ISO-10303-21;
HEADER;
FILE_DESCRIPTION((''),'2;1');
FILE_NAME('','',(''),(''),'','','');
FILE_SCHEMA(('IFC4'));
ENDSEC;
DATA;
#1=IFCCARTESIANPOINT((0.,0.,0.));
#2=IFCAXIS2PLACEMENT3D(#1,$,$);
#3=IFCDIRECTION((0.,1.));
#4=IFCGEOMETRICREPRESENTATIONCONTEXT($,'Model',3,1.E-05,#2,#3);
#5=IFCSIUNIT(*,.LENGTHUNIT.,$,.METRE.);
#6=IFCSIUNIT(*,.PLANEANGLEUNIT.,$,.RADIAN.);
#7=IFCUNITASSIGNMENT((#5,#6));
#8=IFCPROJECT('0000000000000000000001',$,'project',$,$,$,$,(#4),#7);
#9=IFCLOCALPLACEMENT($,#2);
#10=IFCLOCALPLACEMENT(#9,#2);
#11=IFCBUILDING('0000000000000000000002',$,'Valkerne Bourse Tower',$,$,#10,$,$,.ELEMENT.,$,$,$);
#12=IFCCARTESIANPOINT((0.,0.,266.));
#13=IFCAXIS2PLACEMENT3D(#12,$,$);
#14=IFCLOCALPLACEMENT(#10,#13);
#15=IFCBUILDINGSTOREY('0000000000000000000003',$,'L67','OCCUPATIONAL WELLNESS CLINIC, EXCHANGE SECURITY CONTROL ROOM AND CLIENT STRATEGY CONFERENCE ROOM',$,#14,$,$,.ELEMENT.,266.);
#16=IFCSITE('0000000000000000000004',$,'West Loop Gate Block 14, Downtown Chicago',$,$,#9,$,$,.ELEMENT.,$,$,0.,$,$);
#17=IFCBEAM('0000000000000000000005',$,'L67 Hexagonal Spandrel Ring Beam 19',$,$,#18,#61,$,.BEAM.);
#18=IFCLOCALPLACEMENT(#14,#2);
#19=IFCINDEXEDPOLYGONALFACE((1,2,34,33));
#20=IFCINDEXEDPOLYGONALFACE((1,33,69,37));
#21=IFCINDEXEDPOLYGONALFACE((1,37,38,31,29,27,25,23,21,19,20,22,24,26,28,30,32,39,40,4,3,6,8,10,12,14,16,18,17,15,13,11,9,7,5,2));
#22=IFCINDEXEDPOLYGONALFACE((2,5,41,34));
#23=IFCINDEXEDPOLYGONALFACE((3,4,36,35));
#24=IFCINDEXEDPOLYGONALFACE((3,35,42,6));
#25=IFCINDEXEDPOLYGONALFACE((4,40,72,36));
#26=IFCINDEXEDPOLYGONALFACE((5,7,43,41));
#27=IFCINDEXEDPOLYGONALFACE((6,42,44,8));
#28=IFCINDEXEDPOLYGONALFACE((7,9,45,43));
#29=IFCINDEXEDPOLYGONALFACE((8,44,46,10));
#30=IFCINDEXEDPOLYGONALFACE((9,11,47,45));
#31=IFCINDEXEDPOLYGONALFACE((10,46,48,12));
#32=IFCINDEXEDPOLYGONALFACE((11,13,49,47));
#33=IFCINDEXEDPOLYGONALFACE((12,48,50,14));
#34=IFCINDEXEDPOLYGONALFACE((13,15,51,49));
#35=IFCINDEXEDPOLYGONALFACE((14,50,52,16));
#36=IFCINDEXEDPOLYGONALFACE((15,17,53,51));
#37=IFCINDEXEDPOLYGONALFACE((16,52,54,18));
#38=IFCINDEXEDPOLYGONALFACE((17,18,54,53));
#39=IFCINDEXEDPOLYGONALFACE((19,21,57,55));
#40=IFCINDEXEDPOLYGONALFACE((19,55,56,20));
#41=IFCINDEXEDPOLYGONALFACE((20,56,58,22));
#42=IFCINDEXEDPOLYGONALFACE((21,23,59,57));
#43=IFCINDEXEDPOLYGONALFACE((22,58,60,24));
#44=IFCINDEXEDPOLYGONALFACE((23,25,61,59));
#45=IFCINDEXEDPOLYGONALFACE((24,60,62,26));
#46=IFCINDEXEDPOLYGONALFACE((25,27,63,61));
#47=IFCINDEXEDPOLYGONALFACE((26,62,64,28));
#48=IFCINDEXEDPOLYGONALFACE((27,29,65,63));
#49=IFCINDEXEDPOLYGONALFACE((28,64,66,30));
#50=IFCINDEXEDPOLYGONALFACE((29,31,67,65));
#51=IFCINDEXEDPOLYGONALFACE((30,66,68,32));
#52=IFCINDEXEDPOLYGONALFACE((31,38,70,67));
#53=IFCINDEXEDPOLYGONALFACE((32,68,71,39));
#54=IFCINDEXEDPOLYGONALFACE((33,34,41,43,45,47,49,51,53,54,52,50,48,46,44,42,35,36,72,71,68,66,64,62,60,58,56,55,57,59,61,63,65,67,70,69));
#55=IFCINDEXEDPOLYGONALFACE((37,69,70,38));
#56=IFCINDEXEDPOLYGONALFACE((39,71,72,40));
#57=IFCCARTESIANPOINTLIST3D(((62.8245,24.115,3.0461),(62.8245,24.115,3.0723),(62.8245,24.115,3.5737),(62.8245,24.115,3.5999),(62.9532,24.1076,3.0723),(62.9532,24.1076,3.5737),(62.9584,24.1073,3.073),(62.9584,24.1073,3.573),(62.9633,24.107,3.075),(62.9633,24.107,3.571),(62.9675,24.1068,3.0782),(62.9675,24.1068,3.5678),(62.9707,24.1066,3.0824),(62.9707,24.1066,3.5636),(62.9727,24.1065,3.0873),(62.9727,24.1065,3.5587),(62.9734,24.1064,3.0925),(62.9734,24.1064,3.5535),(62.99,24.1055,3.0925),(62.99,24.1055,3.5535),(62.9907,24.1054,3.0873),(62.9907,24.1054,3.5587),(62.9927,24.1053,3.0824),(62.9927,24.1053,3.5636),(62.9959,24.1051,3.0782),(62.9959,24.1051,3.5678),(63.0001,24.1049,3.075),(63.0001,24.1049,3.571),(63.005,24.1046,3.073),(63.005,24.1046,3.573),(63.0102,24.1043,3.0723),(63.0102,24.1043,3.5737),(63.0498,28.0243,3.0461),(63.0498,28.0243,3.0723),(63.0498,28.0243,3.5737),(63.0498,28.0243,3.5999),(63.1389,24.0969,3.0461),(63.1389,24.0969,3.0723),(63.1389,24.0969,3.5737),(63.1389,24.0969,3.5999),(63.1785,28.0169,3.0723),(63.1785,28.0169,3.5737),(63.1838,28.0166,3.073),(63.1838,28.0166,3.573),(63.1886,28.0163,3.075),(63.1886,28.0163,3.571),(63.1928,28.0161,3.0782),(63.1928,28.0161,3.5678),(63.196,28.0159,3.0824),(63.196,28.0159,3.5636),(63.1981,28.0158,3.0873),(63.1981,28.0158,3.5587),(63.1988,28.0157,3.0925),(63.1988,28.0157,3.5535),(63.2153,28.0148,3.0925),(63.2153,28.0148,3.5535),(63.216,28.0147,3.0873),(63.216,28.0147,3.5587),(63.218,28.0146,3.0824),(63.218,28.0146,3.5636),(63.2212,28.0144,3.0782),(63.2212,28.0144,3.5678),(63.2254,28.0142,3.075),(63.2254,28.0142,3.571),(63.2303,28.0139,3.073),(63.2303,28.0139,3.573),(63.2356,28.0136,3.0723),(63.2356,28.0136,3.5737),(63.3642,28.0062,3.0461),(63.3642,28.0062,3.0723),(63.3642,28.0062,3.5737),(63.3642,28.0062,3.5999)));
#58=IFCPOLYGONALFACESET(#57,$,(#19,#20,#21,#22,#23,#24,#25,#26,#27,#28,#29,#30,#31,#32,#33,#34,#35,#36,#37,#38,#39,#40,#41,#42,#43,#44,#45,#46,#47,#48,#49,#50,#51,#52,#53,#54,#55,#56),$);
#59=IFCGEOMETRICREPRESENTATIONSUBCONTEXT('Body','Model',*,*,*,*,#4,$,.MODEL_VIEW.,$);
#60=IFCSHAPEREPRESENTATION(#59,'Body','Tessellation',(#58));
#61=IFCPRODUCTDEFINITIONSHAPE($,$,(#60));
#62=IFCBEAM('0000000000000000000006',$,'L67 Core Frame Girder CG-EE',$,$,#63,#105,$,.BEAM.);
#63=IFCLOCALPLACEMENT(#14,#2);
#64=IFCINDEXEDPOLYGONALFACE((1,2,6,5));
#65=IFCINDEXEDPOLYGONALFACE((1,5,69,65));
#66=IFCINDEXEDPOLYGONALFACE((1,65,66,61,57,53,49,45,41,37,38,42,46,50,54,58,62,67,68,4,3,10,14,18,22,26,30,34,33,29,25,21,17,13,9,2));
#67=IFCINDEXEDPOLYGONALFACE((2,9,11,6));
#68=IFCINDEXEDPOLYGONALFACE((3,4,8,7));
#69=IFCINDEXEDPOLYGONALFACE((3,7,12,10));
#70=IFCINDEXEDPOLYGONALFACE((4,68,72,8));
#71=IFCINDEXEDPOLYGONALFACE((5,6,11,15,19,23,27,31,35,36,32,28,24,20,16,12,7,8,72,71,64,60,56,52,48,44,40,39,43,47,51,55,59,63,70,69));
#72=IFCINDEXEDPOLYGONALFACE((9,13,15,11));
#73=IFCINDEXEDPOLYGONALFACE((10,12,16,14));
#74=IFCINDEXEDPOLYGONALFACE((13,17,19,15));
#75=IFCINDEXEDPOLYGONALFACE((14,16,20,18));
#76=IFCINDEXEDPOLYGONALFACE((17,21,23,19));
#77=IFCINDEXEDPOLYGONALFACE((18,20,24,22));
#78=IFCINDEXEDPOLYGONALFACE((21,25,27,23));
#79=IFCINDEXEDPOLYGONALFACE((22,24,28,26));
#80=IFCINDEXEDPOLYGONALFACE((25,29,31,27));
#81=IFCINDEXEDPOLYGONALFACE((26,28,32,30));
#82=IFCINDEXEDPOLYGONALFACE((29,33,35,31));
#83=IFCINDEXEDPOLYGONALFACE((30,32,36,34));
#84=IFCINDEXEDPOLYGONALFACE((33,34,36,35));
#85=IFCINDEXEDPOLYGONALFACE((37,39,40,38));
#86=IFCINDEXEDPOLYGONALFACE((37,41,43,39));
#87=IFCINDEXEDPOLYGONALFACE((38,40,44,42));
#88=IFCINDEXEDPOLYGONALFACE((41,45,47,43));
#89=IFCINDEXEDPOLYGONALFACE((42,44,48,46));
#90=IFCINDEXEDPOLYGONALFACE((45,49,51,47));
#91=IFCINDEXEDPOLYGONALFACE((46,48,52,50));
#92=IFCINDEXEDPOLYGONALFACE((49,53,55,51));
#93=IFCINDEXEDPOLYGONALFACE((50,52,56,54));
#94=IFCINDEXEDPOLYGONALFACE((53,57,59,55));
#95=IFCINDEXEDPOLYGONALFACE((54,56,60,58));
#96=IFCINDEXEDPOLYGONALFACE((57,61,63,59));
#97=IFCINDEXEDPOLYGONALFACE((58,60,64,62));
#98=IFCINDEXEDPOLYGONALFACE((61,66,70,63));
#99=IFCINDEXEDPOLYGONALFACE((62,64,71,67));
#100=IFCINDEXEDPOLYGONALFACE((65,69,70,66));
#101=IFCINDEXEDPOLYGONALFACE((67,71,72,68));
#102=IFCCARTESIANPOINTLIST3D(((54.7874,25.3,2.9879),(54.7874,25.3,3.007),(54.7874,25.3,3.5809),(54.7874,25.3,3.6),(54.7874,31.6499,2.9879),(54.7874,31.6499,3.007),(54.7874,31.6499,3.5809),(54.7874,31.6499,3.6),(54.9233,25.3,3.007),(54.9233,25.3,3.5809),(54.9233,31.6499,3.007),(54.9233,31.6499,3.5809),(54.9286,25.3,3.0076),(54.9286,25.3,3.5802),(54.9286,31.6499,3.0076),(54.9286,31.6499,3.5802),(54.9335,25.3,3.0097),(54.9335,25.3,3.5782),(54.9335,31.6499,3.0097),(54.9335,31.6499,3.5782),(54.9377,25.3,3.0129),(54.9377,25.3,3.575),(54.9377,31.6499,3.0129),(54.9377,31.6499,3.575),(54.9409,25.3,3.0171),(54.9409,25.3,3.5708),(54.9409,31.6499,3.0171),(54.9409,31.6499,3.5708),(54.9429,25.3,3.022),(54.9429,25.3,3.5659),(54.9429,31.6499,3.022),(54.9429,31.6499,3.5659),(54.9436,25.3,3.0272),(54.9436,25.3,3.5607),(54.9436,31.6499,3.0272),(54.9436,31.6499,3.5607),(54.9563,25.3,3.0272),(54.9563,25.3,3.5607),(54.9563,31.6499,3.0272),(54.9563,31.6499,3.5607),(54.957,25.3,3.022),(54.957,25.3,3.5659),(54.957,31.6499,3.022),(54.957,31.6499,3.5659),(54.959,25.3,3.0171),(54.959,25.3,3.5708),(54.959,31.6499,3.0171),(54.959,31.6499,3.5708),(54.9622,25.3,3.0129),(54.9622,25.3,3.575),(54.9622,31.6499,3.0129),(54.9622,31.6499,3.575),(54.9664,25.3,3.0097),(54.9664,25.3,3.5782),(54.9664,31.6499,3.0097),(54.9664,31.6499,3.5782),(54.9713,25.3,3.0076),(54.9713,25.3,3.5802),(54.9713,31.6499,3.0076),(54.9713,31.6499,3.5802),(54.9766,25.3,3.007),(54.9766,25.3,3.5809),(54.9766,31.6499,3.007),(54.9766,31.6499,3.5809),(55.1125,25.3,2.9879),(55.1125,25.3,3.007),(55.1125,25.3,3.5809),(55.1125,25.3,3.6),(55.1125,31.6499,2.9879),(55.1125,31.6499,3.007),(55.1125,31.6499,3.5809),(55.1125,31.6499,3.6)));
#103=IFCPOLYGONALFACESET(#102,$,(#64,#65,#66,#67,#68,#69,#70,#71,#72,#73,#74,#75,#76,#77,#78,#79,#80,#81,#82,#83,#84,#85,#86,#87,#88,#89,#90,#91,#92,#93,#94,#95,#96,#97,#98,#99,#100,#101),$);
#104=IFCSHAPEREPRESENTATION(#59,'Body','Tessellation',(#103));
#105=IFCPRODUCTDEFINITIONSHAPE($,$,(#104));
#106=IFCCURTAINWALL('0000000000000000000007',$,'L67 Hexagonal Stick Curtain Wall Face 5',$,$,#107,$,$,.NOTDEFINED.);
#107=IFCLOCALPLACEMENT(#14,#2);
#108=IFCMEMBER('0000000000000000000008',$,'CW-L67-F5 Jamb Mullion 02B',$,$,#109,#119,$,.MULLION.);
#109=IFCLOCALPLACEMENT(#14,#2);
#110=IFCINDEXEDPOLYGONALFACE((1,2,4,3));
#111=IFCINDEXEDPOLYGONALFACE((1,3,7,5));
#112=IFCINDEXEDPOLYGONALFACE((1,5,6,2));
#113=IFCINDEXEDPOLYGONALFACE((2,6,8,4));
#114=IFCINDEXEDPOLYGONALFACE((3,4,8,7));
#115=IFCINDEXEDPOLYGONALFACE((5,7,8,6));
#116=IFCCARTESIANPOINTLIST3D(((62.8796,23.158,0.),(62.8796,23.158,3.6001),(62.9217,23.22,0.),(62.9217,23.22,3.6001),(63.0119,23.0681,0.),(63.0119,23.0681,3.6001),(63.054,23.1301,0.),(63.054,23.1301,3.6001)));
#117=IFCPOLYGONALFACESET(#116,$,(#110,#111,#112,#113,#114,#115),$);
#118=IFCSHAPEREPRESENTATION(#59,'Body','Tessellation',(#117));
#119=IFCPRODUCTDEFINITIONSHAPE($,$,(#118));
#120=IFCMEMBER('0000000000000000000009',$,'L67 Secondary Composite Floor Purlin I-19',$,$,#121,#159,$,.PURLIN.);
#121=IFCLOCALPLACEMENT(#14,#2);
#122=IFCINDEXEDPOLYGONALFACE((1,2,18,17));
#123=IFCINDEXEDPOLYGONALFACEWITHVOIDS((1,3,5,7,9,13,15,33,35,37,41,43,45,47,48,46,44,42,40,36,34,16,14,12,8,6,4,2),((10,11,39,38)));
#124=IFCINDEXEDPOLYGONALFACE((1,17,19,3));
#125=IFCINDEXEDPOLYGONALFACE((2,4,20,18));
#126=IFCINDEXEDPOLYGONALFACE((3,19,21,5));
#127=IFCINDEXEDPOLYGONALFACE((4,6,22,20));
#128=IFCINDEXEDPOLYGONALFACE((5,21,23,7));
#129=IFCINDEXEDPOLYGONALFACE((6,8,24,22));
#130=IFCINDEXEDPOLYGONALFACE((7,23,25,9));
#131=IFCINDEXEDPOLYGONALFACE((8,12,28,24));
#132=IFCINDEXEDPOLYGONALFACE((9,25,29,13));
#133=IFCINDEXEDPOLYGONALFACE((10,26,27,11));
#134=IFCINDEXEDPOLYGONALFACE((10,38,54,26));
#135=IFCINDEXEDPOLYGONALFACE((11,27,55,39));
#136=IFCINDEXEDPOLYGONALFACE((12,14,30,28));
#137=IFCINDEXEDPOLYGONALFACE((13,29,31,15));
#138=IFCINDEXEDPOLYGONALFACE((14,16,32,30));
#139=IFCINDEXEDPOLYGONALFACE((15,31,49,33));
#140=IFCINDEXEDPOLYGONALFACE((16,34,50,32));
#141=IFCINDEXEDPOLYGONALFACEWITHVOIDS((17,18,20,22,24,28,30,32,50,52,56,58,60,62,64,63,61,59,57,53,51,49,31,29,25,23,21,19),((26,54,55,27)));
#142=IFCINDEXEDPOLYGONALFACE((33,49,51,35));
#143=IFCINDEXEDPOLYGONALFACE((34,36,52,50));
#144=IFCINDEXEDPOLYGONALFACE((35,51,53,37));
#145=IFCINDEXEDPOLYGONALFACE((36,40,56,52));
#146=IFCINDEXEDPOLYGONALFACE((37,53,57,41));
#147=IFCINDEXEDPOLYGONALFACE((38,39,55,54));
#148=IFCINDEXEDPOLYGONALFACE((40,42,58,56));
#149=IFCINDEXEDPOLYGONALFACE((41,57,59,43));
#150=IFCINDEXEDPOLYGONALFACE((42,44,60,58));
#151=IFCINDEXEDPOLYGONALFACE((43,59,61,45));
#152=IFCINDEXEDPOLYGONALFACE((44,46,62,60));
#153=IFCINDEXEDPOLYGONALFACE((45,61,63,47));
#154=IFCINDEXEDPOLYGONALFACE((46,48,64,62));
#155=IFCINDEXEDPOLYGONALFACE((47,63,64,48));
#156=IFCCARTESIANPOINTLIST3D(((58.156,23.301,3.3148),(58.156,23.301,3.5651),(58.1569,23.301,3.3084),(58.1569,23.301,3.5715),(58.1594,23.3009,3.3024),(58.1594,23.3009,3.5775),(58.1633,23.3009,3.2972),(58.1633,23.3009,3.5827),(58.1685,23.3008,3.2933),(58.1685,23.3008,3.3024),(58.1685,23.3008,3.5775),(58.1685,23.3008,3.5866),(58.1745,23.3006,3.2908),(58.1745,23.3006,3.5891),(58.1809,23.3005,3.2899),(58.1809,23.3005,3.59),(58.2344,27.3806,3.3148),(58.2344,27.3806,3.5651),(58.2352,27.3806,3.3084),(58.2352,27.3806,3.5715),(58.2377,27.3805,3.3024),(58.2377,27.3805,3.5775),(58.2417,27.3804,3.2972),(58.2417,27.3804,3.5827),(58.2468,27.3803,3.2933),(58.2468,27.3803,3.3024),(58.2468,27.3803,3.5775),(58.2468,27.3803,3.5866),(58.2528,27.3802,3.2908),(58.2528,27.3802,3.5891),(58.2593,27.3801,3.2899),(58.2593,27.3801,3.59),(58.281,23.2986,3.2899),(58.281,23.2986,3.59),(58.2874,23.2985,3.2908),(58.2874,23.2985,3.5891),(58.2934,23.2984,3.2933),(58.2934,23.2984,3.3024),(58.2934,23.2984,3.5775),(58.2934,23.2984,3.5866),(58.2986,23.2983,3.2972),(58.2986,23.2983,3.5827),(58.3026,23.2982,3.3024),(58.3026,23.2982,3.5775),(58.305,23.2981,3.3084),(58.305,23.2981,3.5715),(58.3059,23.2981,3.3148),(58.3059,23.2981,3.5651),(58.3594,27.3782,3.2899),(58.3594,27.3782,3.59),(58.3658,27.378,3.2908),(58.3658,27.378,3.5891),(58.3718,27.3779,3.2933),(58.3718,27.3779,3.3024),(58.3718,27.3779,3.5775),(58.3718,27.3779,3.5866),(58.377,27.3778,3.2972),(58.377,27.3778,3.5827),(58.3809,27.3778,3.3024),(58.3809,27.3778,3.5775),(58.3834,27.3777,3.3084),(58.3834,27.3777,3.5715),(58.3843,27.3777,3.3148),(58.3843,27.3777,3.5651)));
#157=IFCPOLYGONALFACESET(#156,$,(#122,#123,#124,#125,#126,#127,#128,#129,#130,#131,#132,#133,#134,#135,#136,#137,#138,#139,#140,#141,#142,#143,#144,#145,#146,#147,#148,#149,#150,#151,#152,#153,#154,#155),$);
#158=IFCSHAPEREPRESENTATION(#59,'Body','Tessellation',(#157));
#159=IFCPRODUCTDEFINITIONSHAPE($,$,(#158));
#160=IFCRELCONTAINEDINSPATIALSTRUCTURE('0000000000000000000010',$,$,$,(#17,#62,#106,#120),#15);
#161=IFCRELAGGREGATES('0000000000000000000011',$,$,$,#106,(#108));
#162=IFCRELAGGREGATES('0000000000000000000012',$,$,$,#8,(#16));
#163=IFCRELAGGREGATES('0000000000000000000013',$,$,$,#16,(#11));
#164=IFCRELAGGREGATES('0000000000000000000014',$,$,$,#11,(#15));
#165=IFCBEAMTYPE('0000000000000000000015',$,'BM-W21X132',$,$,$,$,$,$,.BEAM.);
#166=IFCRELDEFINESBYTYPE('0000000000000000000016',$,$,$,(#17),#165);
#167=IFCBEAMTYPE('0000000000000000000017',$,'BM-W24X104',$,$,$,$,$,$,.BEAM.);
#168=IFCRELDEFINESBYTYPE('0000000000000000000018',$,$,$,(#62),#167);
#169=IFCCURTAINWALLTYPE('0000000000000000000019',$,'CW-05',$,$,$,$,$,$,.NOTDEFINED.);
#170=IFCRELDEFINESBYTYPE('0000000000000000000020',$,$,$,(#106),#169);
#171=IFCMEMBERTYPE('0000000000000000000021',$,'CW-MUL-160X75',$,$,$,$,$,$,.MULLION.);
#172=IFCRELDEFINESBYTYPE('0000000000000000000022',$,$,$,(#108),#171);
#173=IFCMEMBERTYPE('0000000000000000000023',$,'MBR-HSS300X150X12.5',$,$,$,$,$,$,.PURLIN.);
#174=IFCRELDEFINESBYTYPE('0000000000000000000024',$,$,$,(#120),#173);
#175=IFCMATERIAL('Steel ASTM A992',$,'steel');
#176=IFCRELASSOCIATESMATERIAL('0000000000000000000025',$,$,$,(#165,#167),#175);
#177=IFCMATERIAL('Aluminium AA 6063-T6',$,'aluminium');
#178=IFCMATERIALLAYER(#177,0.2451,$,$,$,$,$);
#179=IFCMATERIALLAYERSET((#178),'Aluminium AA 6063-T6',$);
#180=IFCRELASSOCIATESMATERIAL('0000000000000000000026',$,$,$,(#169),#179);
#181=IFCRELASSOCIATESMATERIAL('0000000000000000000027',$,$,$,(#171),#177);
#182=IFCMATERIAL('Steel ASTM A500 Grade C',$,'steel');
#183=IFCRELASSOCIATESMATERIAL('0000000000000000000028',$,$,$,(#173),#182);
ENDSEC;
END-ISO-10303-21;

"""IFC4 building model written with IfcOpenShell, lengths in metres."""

from ifc_helpers import new_model, si_unit, direction, frame, origin, origin_2d, place, context, subcontext, project, spatial, rectangle, hollow_rectangle, i_section, extrude, material, layer, layer_set, material_profile, profile_set, type_object, element, aggregate, save


model = new_model("IFC4")

# Units and contexts
model_context = context("Model", 3, precision=1e-05, world=origin(), true_north=direction((0.0, 1.0)))
body_context = subcontext(model_context, "Body", "Model", "MODEL_VIEW")
ifc_project = project(units=[si_unit("LENGTHUNIT", "METRE"), si_unit("PLANEANGLEUNIT", "RADIAN")], contexts=[model_context])

# Site, building, storey
site_placement = place(None, origin())
site = spatial("IfcSite", under=ifc_project, at=site_placement, Name="West Loop Gate Block 14, Downtown Chicago", CompositionType="ELEMENT", RefElevation=0.0)
building_placement = place(site_placement, origin())
building = spatial("IfcBuilding", under=site, at=building_placement, Name="Valkerne Bourse Tower", CompositionType="ELEMENT")
storey_placement = place(building_placement, frame((0.0, 0.0, 266.0)))
storey = spatial("IfcBuildingStorey", under=building, at=storey_placement, Name="L67", Description="OCCUPATIONAL WELLNESS CLINIC, EXCHANGE SECURITY CONTROL ROOM AND CLIENT STRATEGY CONFERENCE ROOM", CompositionType="ELEMENT", Elevation=266.0)

# Shared definitions
ifc_material_1 = material(Name="Steel ASTM A500 Grade C", Category="steel")

# Beams
ifc_material_2 = material(Name="Steel ASTM A992", Category="steel")
ifc_material_profile_1 = material_profile(ifc_material_2, i_section(OverallWidth=0.3149, OverallDepth=0.5537, WebThickness=0.0166, FlangeThickness=0.0261, FilletRadius=0.0203, at=origin_2d()), Name="W21X132")
ifc_profile_set_1 = profile_set([ifc_material_profile_1], Name="Steel ASTM A992")
beam_type_1 = type_object("IfcBeamType", Name="BM-W21X132", PredefinedType="BEAM", material=ifc_profile_set_1)
beam_1_placement = place(storey_placement, frame((62.9817, 24.106, 3.323), z_axis=(0.057549, 0.998343, 0.0), x_axis=(-0.998343, 0.057549, 0.0)))
element("IfcBeam", 1, at=beam_1_placement, inside=storey, type_object=beam_type_1, Name="L67 Hexagonal Spandrel Ring Beam 19", PredefinedType="BEAM", context=body_context, shape_type="SweptSolid", body=[
    extrude(i_section(OverallWidth=0.3149, OverallDepth=0.5537, WebThickness=0.0166, FlangeThickness=0.0261, FilletRadius=0.0203, at=origin_2d()), origin(), (0.0, 0.0, 1.0), 3.9158),
])
ifc_material_profile_2 = material_profile(ifc_material_2, i_section(OverallWidth=0.3252, OverallDepth=0.6121, WebThickness=0.0127, FlangeThickness=0.019, FilletRadius=0.0203, at=origin_2d()), Name="W24X104")
ifc_profile_set_2 = profile_set([ifc_material_profile_2], Name="Steel ASTM A992")
beam_type_2 = type_object("IfcBeamType", Name="BM-W24X104", PredefinedType="BEAM", material=ifc_profile_set_2)
beam_2_placement = place(storey_placement, frame((54.95, 25.3, 3.2939), z_axis=(0.0, 1.0, 0.0), x_axis=(-1.0, 0.0, 0.0)))
element("IfcBeam", 2, at=beam_2_placement, inside=storey, type_object=beam_type_2, Name="L67 Core Frame Girder CG-EE", PredefinedType="BEAM", context=body_context, shape_type="SweptSolid", body=[
    extrude(i_section(OverallWidth=0.3252, OverallDepth=0.6121, WebThickness=0.0127, FlangeThickness=0.019, FilletRadius=0.0203, at=origin_2d()), origin(), (0.0, 0.0, 1.0), 6.3499),
])

# Curtain wall, member
ifc_material_3 = material(Name="Aluminium AA 6063-T6", Category="aluminium")
ifc_layer_1 = layer(ifc_material_3, 0.2451)
ifc_layer_set_1 = layer_set([ifc_layer_1], Name="Aluminium AA 6063-T6")
curtain_wall_type = type_object("IfcCurtainWallType", Name="CW-05", PredefinedType="NOTDEFINED", material=ifc_layer_set_1)
curtain_wall_placement = place(storey_placement, origin())
curtain_wall = element("IfcCurtainWall", 3, at=curtain_wall_placement, inside=storey, type_object=curtain_wall_type, Name="L67 Hexagonal Stick Curtain Wall Face 5", PredefinedType="NOTDEFINED")
ifc_material_profile_3 = material_profile(ifc_material_3, rectangle(XDim=0.075, YDim=0.1599, at=origin_2d()), Name="CWM-75X160")
ifc_profile_set_3 = profile_set([ifc_material_profile_3], Name="Aluminium AA 6063-T6")
member_type_1 = type_object("IfcMemberType", Name="CW-MUL-160X75", PredefinedType="MULLION", material=ifc_profile_set_3)
member_1_placement = place(storey_placement, frame((62.9668, 23.144, 0.0), z_axis=(0.0, 0.0, 1.0), x_axis=(0.562091, 0.827075, 0.0)))
member_1 = element("IfcMember", 4, at=member_1_placement, type_object=member_type_1, Name="CW-L67-F5 Jamb Mullion 02B", PredefinedType="MULLION", context=body_context, shape_type="SweptSolid", body=[
    extrude(rectangle(XDim=0.075, YDim=0.1599, at=origin_2d()), origin(), (0.0, 0.0, 1.0), 3.6001),
])

# Member
ifc_material_profile_4 = material_profile(ifc_material_1, hollow_rectangle(XDim=0.1499, YDim=0.3, WallThickness=0.0125, OuterFilletRadius=0.0249, at=origin_2d()), Name="HSS300X150X12.5")
ifc_profile_set_4 = profile_set([ifc_material_profile_4], Name="Steel ASTM A500 Grade C")
member_type_2 = type_object("IfcMemberType", Name="MBR-HSS300X150X12.5", PredefinedType="PURLIN", material=ifc_profile_set_4)
member_2_placement = place(storey_placement, frame((58.231, 23.2996, 3.4399), z_axis=(0.019207, 0.999816, 0.0), x_axis=(-0.999816, 0.019207, 0.0)))
element("IfcMember", 5, at=member_2_placement, inside=storey, type_object=member_type_2, Name="L67 Secondary Composite Floor Purlin I-19", PredefinedType="PURLIN", context=body_context, shape_type="SweptSolid", body=[
    extrude(hollow_rectangle(XDim=0.1499, YDim=0.3, WallThickness=0.0125, OuterFilletRadius=0.0249, at=origin_2d()), origin(), (0.0, 0.0, 1.0), 4.0803),
])

aggregate(curtain_wall, [member_1])

save(model, "model.ifc")
